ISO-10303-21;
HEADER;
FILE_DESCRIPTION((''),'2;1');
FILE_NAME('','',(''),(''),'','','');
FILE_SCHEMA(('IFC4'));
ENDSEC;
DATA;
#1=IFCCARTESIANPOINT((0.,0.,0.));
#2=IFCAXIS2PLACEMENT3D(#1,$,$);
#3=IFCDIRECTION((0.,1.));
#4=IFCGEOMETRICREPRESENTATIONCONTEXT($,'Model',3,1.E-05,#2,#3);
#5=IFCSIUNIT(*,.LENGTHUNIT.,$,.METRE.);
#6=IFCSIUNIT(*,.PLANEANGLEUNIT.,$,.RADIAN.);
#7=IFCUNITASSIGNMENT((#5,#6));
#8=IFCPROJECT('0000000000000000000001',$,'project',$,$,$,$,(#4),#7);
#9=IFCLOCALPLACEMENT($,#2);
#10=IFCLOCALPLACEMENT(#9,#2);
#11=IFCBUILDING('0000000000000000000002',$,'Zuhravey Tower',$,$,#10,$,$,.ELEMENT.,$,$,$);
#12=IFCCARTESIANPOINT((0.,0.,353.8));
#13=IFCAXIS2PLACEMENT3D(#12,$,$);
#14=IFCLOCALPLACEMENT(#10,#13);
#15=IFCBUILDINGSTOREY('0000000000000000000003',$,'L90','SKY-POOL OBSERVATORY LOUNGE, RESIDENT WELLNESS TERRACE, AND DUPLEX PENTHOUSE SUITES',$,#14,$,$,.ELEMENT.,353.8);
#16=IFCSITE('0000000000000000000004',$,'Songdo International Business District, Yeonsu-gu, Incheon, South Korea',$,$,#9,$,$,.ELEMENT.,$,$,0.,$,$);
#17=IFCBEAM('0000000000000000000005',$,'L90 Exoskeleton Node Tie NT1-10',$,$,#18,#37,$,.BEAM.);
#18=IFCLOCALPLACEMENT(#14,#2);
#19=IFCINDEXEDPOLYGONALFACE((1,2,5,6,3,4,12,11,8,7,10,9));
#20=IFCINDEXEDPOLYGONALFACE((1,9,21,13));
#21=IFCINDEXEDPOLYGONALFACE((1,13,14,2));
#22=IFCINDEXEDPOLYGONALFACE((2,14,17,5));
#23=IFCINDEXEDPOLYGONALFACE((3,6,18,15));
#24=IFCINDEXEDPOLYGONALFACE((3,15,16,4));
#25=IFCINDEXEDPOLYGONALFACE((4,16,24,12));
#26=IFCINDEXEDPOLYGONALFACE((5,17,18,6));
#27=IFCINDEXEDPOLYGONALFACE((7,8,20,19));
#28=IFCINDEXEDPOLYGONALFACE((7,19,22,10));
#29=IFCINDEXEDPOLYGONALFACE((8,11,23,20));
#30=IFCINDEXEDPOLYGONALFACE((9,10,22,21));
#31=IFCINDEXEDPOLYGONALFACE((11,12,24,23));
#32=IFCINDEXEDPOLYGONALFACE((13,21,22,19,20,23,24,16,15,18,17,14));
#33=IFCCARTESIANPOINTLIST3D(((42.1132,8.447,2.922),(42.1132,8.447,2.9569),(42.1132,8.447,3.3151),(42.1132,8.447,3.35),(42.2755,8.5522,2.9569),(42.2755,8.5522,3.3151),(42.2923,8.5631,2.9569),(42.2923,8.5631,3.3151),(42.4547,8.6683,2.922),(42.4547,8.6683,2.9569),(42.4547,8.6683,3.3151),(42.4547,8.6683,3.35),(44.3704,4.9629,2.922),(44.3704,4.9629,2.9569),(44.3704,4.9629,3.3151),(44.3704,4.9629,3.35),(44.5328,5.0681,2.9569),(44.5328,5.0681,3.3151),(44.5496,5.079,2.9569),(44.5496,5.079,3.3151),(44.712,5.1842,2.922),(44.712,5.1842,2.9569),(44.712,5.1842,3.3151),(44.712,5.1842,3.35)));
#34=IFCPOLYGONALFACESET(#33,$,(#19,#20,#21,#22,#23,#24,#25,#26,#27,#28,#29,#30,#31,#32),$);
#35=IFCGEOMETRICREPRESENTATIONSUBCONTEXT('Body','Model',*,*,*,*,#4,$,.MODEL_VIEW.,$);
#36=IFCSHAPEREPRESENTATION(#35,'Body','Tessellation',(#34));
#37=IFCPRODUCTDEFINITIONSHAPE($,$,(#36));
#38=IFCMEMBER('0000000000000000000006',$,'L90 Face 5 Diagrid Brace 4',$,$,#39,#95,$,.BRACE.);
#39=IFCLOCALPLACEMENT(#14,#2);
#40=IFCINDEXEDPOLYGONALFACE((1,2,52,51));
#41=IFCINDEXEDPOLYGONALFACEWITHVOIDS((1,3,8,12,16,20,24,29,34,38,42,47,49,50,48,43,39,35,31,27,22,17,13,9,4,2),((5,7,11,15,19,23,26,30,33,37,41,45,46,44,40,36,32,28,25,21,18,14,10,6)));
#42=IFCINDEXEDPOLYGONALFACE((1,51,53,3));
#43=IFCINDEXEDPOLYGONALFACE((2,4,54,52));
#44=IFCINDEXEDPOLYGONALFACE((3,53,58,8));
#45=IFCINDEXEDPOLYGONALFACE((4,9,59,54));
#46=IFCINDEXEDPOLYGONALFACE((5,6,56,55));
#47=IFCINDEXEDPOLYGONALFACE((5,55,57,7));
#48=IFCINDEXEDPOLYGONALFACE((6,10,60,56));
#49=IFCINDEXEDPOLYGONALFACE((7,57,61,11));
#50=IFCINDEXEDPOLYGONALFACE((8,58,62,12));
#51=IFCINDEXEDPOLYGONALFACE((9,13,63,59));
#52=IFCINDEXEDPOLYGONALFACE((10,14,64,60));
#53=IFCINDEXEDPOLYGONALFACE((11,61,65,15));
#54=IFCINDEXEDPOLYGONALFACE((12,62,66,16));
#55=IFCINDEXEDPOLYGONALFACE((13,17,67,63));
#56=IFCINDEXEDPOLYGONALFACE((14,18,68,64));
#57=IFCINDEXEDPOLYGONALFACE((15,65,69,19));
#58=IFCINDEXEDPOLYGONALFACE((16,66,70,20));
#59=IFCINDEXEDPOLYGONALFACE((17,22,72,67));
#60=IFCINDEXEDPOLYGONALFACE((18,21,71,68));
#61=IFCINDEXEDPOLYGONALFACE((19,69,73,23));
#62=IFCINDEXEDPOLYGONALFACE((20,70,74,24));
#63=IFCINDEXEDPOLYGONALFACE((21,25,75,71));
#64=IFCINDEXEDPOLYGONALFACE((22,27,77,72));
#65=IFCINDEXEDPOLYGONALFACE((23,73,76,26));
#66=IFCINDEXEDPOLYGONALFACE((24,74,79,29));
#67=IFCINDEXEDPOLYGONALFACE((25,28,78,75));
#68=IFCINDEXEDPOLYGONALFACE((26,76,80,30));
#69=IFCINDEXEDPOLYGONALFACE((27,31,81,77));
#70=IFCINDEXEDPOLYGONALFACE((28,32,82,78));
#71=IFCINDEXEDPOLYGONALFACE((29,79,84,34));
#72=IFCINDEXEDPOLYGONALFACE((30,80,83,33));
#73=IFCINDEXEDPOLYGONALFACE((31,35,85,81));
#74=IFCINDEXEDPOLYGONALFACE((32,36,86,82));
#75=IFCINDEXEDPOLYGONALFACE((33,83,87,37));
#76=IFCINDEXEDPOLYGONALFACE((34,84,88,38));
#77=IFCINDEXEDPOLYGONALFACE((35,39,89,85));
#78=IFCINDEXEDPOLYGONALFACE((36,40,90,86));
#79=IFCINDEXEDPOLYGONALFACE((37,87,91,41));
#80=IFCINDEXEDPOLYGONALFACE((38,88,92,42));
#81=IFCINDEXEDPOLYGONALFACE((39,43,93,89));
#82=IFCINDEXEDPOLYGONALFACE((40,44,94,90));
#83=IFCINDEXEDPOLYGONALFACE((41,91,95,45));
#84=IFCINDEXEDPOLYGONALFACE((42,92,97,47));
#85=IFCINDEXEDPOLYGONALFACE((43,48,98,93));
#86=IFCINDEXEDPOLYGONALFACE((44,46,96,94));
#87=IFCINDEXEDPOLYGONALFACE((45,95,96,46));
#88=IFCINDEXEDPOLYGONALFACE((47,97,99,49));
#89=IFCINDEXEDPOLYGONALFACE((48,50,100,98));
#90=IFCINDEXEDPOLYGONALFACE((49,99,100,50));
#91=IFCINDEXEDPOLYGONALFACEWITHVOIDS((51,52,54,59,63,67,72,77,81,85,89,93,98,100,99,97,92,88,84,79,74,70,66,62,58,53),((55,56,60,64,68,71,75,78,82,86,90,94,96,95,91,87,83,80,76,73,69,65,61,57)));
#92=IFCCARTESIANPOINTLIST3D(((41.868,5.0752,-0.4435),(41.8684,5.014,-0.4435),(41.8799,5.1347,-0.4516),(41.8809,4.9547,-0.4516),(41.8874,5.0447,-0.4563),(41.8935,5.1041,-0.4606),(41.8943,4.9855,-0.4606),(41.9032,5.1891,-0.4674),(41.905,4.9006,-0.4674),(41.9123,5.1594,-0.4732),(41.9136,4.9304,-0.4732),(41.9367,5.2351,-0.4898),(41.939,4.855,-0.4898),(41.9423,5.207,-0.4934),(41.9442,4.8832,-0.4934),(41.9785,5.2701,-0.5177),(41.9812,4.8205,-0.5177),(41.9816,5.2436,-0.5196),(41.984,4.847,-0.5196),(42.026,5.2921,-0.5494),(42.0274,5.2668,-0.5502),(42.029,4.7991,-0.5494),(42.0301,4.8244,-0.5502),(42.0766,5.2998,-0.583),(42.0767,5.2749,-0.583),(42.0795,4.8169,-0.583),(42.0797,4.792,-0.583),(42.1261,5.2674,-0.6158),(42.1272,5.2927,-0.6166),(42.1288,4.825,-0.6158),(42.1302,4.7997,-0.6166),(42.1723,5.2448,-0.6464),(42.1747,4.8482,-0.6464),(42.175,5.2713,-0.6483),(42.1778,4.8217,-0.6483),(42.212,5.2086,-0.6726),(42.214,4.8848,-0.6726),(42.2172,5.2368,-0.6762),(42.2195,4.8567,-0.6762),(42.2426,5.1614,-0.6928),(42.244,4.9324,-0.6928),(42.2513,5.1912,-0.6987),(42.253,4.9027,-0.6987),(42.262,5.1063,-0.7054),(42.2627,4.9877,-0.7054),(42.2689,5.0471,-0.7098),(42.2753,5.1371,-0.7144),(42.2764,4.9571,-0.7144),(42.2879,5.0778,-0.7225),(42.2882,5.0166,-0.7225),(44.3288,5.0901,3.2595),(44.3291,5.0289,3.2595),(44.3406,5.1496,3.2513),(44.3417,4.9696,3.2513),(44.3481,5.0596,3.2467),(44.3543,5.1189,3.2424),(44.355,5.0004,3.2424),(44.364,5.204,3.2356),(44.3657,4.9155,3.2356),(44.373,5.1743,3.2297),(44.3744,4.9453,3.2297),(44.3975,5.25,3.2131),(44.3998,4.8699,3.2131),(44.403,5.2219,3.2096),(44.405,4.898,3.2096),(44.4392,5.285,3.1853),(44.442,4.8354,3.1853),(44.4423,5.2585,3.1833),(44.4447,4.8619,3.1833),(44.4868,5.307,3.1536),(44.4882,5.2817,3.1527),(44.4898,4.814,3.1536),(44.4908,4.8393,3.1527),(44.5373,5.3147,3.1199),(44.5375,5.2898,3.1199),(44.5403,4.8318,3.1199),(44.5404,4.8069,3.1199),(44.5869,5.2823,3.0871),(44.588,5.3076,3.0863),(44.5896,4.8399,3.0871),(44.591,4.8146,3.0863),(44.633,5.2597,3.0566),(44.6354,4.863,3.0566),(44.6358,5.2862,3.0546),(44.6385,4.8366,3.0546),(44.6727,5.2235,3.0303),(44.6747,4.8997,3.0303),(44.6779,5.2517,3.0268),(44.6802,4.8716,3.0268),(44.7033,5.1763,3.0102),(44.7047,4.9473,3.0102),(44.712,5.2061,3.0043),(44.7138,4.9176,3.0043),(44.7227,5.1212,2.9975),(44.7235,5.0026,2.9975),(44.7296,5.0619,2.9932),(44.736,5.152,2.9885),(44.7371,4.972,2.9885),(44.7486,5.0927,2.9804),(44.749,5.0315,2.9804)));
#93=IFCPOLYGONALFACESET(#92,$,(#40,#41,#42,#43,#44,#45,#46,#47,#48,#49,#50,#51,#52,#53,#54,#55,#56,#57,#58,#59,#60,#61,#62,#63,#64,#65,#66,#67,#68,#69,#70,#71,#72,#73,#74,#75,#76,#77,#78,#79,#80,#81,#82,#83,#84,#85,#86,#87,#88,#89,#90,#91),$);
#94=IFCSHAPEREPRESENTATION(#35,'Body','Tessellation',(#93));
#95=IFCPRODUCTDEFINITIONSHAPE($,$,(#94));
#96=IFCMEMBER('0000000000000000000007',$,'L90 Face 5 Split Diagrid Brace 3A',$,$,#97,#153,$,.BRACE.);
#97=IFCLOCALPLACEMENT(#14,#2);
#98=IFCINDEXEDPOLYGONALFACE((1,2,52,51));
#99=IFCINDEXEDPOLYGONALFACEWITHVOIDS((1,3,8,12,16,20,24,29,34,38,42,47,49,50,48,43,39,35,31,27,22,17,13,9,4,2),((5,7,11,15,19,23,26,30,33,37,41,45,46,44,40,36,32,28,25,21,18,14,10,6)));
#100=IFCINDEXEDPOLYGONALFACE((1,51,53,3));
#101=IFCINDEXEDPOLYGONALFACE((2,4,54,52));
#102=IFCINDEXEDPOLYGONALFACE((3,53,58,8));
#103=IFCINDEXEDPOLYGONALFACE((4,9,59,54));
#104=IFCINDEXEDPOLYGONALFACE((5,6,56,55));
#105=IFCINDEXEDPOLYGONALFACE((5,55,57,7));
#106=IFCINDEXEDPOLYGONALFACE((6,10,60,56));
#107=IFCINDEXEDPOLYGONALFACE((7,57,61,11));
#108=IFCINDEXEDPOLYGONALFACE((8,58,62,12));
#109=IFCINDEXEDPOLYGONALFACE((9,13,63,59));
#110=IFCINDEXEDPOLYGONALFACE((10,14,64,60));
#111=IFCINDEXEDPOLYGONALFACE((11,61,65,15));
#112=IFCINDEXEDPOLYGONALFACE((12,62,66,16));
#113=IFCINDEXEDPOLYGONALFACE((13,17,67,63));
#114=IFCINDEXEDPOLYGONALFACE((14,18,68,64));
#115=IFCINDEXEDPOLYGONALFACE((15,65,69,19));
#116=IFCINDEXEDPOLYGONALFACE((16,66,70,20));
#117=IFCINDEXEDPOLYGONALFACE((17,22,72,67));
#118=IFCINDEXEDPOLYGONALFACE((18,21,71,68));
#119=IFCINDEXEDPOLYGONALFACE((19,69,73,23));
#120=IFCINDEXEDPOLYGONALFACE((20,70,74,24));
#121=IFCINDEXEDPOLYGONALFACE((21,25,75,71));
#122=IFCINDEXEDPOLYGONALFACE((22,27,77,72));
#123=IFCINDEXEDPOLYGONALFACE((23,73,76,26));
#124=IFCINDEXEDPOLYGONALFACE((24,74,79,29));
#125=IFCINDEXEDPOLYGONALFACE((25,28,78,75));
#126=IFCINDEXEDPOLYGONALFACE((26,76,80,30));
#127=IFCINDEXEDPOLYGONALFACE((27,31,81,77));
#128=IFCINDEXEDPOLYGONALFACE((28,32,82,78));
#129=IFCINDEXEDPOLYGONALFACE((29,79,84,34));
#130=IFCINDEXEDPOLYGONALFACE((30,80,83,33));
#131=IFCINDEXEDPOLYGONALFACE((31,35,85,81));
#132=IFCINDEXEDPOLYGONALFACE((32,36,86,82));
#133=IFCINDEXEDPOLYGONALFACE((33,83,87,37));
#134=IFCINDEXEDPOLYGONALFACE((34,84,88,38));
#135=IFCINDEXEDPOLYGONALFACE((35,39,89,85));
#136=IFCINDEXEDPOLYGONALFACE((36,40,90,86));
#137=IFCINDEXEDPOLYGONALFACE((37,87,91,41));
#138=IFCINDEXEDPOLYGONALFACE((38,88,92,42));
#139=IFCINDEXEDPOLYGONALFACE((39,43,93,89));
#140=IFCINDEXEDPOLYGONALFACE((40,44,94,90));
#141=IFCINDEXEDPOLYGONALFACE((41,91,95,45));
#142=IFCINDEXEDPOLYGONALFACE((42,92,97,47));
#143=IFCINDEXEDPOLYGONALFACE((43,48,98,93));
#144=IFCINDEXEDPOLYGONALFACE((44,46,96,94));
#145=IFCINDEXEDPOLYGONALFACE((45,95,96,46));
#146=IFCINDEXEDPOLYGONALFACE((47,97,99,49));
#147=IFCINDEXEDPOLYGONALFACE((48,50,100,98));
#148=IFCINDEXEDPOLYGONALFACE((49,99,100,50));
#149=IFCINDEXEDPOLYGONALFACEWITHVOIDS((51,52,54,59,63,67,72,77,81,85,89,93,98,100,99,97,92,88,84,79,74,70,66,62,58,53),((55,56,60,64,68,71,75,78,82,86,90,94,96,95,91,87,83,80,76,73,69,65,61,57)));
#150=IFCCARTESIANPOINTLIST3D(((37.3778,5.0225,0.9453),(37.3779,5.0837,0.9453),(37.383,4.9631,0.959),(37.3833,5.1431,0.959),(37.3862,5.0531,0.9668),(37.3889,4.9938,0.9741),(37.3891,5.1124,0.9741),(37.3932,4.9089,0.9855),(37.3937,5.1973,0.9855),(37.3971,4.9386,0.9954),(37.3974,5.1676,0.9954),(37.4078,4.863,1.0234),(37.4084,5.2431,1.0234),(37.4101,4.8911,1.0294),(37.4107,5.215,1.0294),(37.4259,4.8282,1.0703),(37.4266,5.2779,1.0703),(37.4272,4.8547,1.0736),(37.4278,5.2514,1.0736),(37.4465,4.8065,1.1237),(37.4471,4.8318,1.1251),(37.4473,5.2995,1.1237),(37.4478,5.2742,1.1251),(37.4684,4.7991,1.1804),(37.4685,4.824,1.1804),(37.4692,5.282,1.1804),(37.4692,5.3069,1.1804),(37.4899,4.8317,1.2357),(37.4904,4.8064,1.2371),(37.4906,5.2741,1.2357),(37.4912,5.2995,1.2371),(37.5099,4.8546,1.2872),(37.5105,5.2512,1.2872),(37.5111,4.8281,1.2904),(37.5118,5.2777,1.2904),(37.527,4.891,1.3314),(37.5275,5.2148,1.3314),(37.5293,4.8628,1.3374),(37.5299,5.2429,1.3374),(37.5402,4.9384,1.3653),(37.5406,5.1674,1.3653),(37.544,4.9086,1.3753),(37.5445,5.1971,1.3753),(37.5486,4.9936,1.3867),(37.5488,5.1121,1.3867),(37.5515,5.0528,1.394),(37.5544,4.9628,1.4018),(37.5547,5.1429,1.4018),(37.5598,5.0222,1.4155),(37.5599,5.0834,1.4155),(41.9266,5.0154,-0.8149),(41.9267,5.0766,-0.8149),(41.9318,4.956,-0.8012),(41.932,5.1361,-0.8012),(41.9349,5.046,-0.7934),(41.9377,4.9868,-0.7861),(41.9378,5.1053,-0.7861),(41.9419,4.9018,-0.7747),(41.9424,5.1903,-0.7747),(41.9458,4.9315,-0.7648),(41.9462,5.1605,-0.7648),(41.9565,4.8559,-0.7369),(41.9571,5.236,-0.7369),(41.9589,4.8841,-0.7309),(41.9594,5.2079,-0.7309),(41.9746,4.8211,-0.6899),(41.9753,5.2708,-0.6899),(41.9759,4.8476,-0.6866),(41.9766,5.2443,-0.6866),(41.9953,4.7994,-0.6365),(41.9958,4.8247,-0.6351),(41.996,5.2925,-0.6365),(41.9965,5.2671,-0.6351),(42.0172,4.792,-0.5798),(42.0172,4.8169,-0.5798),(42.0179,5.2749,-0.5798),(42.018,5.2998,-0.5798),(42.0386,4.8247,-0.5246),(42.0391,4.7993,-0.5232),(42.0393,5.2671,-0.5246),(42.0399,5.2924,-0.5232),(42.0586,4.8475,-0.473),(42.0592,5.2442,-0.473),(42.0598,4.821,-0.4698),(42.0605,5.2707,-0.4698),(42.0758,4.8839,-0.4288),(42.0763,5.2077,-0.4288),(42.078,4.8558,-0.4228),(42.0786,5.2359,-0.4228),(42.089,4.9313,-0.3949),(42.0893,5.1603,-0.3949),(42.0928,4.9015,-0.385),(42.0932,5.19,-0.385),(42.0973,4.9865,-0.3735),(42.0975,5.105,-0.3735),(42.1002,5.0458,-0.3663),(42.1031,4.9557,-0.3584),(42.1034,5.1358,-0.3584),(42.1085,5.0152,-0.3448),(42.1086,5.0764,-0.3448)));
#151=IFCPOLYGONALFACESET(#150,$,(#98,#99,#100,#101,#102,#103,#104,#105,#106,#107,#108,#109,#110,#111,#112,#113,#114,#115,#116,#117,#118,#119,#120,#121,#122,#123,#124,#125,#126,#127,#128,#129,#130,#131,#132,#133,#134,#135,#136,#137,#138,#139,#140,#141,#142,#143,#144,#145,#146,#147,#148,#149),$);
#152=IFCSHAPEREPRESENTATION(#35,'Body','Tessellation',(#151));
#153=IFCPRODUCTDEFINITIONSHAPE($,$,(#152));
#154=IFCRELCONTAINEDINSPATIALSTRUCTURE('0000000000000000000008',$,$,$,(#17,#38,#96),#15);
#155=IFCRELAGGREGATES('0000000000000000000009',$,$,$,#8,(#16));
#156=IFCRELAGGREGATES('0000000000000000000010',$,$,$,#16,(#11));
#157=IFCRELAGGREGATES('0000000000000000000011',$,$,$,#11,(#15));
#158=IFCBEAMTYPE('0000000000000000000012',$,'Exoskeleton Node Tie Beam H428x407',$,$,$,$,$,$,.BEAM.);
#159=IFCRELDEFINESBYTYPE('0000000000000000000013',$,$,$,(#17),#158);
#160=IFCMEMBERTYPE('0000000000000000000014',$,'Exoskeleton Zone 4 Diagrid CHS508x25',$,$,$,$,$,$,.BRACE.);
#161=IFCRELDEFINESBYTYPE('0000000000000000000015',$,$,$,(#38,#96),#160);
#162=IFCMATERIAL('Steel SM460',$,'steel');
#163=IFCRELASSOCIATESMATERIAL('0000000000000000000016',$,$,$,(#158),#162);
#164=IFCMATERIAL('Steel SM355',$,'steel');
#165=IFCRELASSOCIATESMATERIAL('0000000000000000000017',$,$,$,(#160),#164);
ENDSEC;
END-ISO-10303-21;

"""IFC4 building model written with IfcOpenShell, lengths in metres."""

from ifc_helpers import new_model, si_unit, direction, frame, origin, origin_2d, place, context, subcontext, project, spatial, hollow_circle, i_section, extrude, material, material_profile, profile_set, type_object, element, save


model = new_model("IFC4")

# Units and contexts
model_context = context("Model", 3, precision=1e-05, world=origin(), true_north=direction((0.0, 1.0)))
body_context = subcontext(model_context, "Body", "Model", "MODEL_VIEW")
ifc_project = project(units=[si_unit("LENGTHUNIT", "METRE"), si_unit("PLANEANGLEUNIT", "RADIAN")], contexts=[model_context])

# Site, building, storey
site_placement = place(None, origin())
site = spatial("IfcSite", under=ifc_project, at=site_placement, Name="Songdo International Business District, Yeonsu-gu, Incheon, South Korea", CompositionType="ELEMENT", RefElevation=0.0)
building_placement = place(site_placement, origin())
building = spatial("IfcBuilding", under=site, at=building_placement, Name="Zuhravey Tower", CompositionType="ELEMENT")
storey_placement = place(building_placement, frame((0.0, 0.0, 353.8)))
storey = spatial("IfcBuildingStorey", under=building, at=storey_placement, Name="L90", Description="SKY-POOL OBSERVATORY LOUNGE, RESIDENT WELLNESS TERRACE, AND DUPLEX PENTHOUSE SUITES", CompositionType="ELEMENT", Elevation=353.8)

# Beam
ifc_material_1 = material(Name="Steel SM460", Category="steel")
ifc_material_profile_1 = material_profile(ifc_material_1, i_section(OverallWidth=0.407, OverallDepth=0.428, WebThickness=0.02, FlangeThickness=0.0349, at=origin_2d()), Name="H-428x407x20x35")
ifc_profile_set_1 = profile_set([ifc_material_profile_1], Name="Steel SM460")
beam_type_1 = type_object("IfcBeamType", Name="Exoskeleton Node Tie Beam H428x407", PredefinedType="BEAM", material=ifc_profile_set_1)
beam_1_placement = place(storey_placement, frame((42.2839, 8.5576, 3.136), z_axis=(0.543741, -0.839253, 0.0), x_axis=(0.839253, 0.543741, 0.0)))
element("IfcBeam", 1, at=beam_1_placement, inside=storey, type_object=beam_type_1, Name="L90 Exoskeleton Node Tie NT1-10", PredefinedType="BEAM", context=body_context, shape_type="SweptSolid", body=[
    extrude(i_section(OverallWidth=0.407, OverallDepth=0.428, WebThickness=0.02, FlangeThickness=0.0349, at=origin_2d()), origin(), (0.0, 0.0, 1.0), 4.1514),
])

# Members
ifc_material_2 = material(Name="Steel SM355", Category="steel")
ifc_material_profile_2 = material_profile(ifc_material_2, hollow_circle(Radius=0.2539, WallThickness=0.0249, at=origin_2d()), Name="CHS-508.0x25")
ifc_profile_set_2 = profile_set([ifc_material_profile_2], Name="Steel SM355")
member_type_1 = type_object("IfcMemberType", Name="Exoskeleton Zone 4 Diagrid CHS508x25", PredefinedType="BRACE", material=ifc_profile_set_2)
member_1_placement = place(storey_placement, frame((42.0781, 5.0459, -0.583), z_axis=(0.553467, 0.00335, 0.832864), x_axis=(-0.006052, 0.999982, 0.0)))
element("IfcMember", 2, at=member_1_placement, inside=storey, type_object=member_type_1, Name="L90 Face 5 Diagrid Brace 4", PredefinedType="BRACE", context=body_context, shape_type="SweptSolid", body=[
    extrude(hollow_circle(Radius=0.2539, WallThickness=0.0249, at=origin_2d()), origin(), (0.0, 0.0, 1.0), 4.446),
])
member_2_placement = place(storey_placement, frame((42.0176, 5.0459, -0.5798), z_axis=(-0.932607, 0.001452, 0.36089), x_axis=(-0.001556, -0.999999, 0.0)))
element("IfcMember", 3, at=member_2_placement, inside=storey, type_object=member_type_1, Name="L90 Face 5 Split Diagrid Brace 3A", PredefinedType="BRACE", context=body_context, shape_type="SweptSolid", body=[
    extrude(hollow_circle(Radius=0.2539, WallThickness=0.0249, at=origin_2d()), origin(), (0.0, 0.0, 1.0), 4.8774),
])

save(model, "model.ifc")
